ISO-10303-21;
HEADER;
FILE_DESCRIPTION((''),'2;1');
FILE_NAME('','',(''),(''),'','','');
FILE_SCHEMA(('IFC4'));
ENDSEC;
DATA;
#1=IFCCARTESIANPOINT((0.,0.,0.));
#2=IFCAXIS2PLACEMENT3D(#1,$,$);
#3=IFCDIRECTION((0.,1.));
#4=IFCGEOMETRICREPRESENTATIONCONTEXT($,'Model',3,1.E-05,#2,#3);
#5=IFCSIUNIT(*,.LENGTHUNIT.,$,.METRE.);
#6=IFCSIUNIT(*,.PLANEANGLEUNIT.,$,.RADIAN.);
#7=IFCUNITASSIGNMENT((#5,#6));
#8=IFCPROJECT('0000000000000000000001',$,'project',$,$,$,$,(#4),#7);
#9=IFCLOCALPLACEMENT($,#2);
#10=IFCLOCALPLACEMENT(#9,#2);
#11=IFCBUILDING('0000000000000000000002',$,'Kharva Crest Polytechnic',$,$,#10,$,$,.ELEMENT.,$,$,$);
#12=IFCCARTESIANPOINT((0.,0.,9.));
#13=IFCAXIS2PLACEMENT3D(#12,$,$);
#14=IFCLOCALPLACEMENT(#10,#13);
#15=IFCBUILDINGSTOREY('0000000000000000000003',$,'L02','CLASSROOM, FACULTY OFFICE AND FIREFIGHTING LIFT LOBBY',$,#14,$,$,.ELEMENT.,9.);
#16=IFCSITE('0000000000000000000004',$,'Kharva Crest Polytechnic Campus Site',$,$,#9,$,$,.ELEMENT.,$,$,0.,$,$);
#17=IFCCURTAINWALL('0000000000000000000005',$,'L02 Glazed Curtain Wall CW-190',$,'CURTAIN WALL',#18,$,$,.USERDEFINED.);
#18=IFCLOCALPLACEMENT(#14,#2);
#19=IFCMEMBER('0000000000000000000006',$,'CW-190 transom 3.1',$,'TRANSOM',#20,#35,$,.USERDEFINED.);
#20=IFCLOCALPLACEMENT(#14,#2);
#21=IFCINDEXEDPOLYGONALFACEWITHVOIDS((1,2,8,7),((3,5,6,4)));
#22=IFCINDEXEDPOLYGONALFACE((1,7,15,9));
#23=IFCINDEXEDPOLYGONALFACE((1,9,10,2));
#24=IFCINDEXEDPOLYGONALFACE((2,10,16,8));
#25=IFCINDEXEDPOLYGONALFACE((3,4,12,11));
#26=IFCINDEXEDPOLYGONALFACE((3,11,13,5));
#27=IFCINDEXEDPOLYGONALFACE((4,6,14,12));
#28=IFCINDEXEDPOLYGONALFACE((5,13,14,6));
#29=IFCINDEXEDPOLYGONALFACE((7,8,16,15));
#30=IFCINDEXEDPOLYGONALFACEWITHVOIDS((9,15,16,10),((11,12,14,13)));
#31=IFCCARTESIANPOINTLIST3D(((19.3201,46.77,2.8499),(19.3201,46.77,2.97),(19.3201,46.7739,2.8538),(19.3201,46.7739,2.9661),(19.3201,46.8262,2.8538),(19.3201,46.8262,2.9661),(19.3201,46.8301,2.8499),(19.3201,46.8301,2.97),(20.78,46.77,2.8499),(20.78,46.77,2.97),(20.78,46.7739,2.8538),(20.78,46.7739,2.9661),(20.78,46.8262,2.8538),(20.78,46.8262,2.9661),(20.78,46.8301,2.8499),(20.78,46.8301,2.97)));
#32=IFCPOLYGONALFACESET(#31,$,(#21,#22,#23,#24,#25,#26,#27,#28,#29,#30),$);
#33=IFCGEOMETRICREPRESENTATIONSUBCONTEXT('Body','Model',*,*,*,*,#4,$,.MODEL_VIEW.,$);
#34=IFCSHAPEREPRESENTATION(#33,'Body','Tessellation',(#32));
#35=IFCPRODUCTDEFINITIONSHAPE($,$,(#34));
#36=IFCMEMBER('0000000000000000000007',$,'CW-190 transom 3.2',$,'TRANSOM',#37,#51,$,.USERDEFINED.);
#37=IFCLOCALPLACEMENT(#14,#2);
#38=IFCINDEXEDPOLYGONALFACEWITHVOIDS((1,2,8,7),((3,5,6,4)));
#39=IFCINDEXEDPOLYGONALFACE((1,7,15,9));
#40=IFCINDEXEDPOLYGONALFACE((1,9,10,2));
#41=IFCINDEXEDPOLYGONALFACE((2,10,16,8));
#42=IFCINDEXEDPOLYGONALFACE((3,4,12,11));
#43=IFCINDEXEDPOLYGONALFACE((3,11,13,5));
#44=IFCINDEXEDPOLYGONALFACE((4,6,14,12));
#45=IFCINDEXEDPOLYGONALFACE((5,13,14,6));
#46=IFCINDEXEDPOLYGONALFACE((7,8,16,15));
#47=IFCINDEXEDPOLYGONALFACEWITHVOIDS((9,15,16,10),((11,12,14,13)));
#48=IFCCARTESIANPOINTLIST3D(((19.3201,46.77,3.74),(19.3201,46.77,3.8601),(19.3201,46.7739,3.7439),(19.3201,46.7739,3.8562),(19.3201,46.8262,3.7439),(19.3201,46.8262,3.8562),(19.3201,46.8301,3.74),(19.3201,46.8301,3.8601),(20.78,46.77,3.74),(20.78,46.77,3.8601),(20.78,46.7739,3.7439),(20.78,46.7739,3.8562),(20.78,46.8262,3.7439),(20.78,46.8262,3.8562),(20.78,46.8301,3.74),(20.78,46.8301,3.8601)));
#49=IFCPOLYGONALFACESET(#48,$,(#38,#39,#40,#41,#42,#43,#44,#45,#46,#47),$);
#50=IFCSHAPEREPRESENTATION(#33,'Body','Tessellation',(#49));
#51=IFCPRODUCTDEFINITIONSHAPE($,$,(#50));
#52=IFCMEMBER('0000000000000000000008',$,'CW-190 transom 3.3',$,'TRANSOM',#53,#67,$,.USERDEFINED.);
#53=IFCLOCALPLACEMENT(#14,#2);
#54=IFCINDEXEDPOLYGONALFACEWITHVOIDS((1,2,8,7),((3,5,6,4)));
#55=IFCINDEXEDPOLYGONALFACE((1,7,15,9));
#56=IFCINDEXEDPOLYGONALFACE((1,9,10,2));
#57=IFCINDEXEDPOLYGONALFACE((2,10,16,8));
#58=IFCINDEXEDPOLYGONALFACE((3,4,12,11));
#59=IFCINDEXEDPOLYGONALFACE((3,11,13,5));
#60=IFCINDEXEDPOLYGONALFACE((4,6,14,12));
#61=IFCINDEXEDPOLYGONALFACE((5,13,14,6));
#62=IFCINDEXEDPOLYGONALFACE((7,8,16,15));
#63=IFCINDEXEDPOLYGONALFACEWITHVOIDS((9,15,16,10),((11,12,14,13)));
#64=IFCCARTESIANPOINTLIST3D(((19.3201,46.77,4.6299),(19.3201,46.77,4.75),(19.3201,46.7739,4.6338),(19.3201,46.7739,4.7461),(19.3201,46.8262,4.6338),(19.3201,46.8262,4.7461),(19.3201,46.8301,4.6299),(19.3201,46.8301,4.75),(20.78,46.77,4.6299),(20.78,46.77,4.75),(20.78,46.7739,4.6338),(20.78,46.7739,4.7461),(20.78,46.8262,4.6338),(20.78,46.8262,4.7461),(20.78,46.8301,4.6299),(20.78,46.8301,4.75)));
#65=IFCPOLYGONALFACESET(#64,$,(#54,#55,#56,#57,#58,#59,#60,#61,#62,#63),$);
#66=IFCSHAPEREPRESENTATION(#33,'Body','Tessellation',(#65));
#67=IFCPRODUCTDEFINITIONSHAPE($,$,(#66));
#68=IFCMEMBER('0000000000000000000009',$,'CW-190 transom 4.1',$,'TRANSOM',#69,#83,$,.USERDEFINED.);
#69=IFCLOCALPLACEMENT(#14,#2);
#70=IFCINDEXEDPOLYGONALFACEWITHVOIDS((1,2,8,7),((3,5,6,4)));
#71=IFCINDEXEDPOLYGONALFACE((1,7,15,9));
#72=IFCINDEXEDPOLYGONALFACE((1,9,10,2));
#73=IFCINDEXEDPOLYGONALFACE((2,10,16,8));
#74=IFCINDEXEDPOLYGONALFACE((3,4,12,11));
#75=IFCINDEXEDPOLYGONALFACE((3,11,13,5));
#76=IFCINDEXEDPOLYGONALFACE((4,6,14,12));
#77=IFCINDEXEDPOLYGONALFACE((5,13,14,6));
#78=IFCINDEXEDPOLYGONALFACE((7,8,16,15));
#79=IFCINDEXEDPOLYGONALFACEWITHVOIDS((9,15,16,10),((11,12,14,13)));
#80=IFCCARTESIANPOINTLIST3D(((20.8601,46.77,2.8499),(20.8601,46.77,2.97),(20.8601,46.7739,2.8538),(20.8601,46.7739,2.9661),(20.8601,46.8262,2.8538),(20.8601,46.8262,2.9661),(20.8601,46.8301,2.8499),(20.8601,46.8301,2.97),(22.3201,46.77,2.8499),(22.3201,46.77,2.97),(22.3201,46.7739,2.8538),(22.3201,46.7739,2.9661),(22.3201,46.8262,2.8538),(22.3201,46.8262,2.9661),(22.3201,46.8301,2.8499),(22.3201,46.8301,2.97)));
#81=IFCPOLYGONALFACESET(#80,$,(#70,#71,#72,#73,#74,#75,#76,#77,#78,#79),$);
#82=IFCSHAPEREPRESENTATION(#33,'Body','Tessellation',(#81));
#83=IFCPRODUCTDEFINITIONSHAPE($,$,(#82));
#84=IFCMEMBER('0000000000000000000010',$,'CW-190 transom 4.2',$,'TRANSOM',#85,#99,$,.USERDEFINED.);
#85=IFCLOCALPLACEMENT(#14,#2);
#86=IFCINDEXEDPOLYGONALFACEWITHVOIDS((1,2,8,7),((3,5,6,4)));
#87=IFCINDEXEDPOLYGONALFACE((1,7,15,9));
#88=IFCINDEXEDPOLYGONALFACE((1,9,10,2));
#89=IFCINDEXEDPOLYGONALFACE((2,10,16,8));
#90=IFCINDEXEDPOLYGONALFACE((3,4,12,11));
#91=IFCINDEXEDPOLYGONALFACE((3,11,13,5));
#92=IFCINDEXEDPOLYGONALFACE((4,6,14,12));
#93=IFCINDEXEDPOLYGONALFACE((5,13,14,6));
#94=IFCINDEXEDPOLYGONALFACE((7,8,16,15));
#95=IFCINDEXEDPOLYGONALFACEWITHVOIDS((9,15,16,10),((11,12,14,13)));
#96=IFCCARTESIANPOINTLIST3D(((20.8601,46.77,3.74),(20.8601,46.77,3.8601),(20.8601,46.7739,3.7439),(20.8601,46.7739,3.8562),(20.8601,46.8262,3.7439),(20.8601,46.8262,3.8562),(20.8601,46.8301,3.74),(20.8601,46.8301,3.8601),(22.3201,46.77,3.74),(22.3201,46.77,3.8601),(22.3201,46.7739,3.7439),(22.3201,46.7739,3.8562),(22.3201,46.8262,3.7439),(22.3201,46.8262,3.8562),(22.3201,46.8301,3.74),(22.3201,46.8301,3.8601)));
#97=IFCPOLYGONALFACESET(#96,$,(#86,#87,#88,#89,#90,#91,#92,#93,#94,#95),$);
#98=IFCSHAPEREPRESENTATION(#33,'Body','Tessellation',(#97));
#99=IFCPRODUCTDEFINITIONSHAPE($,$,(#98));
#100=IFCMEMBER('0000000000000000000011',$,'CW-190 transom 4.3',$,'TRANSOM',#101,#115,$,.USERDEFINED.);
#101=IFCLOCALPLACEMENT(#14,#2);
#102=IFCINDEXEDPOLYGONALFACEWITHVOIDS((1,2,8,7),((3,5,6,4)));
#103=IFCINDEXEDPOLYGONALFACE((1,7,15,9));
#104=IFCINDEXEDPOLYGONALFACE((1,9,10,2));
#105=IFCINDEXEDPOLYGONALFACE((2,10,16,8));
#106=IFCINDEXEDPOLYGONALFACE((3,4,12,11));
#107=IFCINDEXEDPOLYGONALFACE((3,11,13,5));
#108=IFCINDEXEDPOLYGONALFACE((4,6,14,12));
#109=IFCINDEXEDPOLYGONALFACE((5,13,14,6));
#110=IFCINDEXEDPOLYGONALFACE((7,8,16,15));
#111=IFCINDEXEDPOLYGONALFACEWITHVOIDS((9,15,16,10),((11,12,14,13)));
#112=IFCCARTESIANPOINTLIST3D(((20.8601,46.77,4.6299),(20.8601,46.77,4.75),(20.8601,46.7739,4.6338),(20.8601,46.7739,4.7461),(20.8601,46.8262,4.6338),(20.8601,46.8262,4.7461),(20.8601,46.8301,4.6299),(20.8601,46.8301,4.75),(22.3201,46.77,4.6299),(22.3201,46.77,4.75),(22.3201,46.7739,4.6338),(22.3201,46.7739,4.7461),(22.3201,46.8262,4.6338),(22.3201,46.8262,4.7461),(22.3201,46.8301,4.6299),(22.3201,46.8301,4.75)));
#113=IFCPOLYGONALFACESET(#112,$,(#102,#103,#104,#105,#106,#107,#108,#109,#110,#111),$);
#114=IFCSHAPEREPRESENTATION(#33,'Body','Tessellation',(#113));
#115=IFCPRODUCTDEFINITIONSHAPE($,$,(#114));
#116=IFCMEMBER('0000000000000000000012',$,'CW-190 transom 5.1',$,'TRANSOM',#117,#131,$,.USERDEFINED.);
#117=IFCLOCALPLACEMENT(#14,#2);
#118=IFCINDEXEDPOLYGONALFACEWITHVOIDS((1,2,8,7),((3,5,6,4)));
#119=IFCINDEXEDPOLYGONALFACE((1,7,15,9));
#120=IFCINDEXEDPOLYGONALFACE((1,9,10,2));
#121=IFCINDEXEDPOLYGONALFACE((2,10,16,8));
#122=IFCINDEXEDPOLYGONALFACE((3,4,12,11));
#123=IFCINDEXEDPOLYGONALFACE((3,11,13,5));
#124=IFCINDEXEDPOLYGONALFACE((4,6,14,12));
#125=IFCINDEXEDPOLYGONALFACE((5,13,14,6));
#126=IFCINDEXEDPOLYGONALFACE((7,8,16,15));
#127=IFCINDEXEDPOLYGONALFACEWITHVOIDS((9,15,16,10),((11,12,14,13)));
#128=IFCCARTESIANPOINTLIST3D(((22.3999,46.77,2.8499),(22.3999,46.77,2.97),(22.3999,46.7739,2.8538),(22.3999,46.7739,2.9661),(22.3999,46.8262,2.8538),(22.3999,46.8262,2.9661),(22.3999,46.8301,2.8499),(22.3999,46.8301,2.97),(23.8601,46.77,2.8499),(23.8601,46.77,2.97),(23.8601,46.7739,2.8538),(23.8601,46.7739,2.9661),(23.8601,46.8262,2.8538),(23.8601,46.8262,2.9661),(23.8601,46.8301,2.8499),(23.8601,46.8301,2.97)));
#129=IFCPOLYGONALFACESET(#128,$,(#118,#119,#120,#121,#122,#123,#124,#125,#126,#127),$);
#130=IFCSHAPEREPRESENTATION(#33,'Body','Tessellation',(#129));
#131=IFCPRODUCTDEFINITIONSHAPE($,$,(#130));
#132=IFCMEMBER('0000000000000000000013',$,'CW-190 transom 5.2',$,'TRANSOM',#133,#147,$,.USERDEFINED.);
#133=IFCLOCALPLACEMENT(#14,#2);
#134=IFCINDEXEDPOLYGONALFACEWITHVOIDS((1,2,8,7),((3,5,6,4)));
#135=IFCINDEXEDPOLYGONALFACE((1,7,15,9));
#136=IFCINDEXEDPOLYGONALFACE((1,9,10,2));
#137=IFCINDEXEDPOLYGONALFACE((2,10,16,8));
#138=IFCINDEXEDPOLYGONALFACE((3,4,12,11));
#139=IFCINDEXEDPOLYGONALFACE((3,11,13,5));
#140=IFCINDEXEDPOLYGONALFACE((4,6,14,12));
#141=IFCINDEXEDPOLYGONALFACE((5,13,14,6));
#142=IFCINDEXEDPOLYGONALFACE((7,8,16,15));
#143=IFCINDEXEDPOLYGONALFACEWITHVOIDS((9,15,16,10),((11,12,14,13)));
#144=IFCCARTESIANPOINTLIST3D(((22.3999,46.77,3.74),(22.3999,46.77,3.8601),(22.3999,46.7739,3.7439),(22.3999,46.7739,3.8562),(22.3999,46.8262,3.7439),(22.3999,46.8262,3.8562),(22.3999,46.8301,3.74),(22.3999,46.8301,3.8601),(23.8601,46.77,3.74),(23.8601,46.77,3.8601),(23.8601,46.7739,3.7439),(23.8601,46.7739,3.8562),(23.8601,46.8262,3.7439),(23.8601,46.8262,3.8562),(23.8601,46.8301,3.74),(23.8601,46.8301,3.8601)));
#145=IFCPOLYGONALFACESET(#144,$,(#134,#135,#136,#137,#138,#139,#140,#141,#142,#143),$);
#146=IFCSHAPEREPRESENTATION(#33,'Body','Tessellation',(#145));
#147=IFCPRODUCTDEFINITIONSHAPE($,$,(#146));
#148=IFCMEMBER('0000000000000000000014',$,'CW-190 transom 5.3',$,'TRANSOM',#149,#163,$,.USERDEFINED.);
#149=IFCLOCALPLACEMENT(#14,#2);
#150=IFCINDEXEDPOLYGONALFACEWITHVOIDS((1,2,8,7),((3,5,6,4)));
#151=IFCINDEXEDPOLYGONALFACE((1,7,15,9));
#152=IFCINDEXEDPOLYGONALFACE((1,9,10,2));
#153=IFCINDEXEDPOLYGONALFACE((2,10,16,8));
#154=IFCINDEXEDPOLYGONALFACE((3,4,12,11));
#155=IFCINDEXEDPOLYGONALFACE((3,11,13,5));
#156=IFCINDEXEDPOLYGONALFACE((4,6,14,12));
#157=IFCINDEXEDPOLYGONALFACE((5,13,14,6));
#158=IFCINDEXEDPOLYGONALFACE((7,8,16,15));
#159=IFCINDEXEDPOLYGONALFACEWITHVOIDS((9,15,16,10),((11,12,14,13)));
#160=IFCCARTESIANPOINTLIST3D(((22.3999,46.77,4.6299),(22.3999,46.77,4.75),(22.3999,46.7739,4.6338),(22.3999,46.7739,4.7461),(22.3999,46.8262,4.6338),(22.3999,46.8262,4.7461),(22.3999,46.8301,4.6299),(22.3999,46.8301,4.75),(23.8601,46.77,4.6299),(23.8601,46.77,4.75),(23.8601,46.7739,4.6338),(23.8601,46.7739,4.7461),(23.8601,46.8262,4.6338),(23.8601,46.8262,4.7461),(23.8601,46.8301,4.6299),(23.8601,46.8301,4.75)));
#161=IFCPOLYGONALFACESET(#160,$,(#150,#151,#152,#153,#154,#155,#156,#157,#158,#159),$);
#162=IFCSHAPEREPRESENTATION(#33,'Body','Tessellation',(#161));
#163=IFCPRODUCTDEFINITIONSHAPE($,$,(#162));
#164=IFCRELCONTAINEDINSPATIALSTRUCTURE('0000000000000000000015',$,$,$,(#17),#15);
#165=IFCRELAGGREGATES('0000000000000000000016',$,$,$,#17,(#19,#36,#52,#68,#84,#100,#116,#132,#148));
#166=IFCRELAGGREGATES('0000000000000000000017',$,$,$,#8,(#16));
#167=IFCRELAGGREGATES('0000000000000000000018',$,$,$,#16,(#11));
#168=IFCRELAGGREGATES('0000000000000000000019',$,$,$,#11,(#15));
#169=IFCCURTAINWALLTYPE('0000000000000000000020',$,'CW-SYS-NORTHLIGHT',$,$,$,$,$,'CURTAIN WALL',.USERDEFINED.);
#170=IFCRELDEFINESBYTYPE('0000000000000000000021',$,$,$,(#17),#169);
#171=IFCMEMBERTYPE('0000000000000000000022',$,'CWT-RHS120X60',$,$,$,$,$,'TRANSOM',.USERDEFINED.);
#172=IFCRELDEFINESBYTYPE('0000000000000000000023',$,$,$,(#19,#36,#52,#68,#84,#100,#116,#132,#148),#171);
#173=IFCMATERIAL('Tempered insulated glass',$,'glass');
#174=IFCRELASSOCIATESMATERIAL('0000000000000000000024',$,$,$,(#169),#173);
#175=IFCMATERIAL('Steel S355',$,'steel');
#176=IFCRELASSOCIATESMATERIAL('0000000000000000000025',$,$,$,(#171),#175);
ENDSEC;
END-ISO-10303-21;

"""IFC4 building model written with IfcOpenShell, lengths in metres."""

from ifc_helpers import new_model, si_unit, direction, frame, origin, origin_2d, place, context, subcontext, project, spatial, hollow_rectangle, extrude, material, material_profile, profile_set, type_object, element, aggregate, save


model = new_model("IFC4")

# Units and contexts
model_context = context("Model", 3, precision=1e-05, world=origin(), true_north=direction((0.0, 1.0)))
body_context = subcontext(model_context, "Body", "Model", "MODEL_VIEW")
ifc_project = project(units=[si_unit("LENGTHUNIT", "METRE"), si_unit("PLANEANGLEUNIT", "RADIAN")], contexts=[model_context])

# Site, building, storey
site_placement = place(None, origin())
site = spatial("IfcSite", under=ifc_project, at=site_placement, Name="Kharva Crest Polytechnic Campus Site", CompositionType="ELEMENT", RefElevation=0.0)
building_placement = place(site_placement, origin())
building = spatial("IfcBuilding", under=site, at=building_placement, Name="Kharva Crest Polytechnic", CompositionType="ELEMENT")
storey_placement = place(building_placement, frame((0.0, 0.0, 9.0)))
storey = spatial("IfcBuildingStorey", under=building, at=storey_placement, Name="L02", Description="CLASSROOM, FACULTY OFFICE AND FIREFIGHTING LIFT LOBBY", CompositionType="ELEMENT", Elevation=9.0)

# Curtain wall, members
ifc_material_1 = material(Name="Tempered insulated glass", Category="glass")
curtain_wall_type = type_object("IfcCurtainWallType", Name="CW-SYS-NORTHLIGHT", ElementType="CURTAIN WALL", PredefinedType="USERDEFINED", material=ifc_material_1)
curtain_wall_placement = place(storey_placement, origin())
curtain_wall = element("IfcCurtainWall", 1, at=curtain_wall_placement, inside=storey, type_object=curtain_wall_type, Name="L02 Glazed Curtain Wall CW-190", ObjectType="CURTAIN WALL", PredefinedType="USERDEFINED")
ifc_material_2 = material(Name="Steel S355", Category="steel")
ifc_material_profile_1 = material_profile(ifc_material_2, hollow_rectangle(XDim=0.0601, YDim=0.1201, WallThickness=0.0039, at=origin_2d()), Name="RHS 120X60X4.0")
ifc_profile_set_1 = profile_set([ifc_material_profile_1], Name="Steel S355")
member_type_1 = type_object("IfcMemberType", Name="CWT-RHS120X60", ElementType="TRANSOM", PredefinedType="USERDEFINED", material=ifc_profile_set_1)
member_1_placement = place(storey_placement, frame((19.3201, 46.8, 2.9099), z_axis=(1.0, 0.0, 0.0), x_axis=(0.0, 1.0, 0.0)))
member_1 = element("IfcMember", 2, at=member_1_placement, type_object=member_type_1, Name="CW-190 transom 3.1", ObjectType="TRANSOM", PredefinedType="USERDEFINED", context=body_context, shape_type="SweptSolid", body=[
    extrude(hollow_rectangle(XDim=0.0601, YDim=0.1201, WallThickness=0.0039, at=origin_2d()), origin(), (0.0, 0.0, 1.0), 1.46),
])
member_2_placement = place(storey_placement, frame((19.3201, 46.8, 3.8), z_axis=(1.0, 0.0, 0.0), x_axis=(0.0, 1.0, 0.0)))
member_2 = element("IfcMember", 3, at=member_2_placement, type_object=member_type_1, Name="CW-190 transom 3.2", ObjectType="TRANSOM", PredefinedType="USERDEFINED", context=body_context, shape_type="SweptSolid", body=[
    extrude(hollow_rectangle(XDim=0.0601, YDim=0.1201, WallThickness=0.0039, at=origin_2d()), origin(), (0.0, 0.0, 1.0), 1.46),
])
member_3_placement = place(storey_placement, frame((19.3201, 46.8, 4.6899), z_axis=(1.0, 0.0, 0.0), x_axis=(0.0, 1.0, 0.0)))
member_3 = element("IfcMember", 4, at=member_3_placement, type_object=member_type_1, Name="CW-190 transom 3.3", ObjectType="TRANSOM", PredefinedType="USERDEFINED", context=body_context, shape_type="SweptSolid", body=[
    extrude(hollow_rectangle(XDim=0.0601, YDim=0.1201, WallThickness=0.0039, at=origin_2d()), origin(), (0.0, 0.0, 1.0), 1.46),
])
member_4_placement = place(storey_placement, frame((20.8601, 46.8, 2.9099), z_axis=(1.0, 0.0, 0.0), x_axis=(0.0, 1.0, 0.0)))
member_4 = element("IfcMember", 5, at=member_4_placement, type_object=member_type_1, Name="CW-190 transom 4.1", ObjectType="TRANSOM", PredefinedType="USERDEFINED", context=body_context, shape_type="SweptSolid", body=[
    extrude(hollow_rectangle(XDim=0.0601, YDim=0.1201, WallThickness=0.0039, at=origin_2d()), origin(), (0.0, 0.0, 1.0), 1.46),
])
member_5_placement = place(storey_placement, frame((20.8601, 46.8, 3.8), z_axis=(1.0, 0.0, 0.0), x_axis=(0.0, 1.0, 0.0)))
member_5 = element("IfcMember", 6, at=member_5_placement, type_object=member_type_1, Name="CW-190 transom 4.2", ObjectType="TRANSOM", PredefinedType="USERDEFINED", context=body_context, shape_type="SweptSolid", body=[
    extrude(hollow_rectangle(XDim=0.0601, YDim=0.1201, WallThickness=0.0039, at=origin_2d()), origin(), (0.0, 0.0, 1.0), 1.46),
])
member_6_placement = place(storey_placement, frame((20.8601, 46.8, 4.6899), z_axis=(1.0, 0.0, 0.0), x_axis=(0.0, 1.0, 0.0)))
member_6 = element("IfcMember", 7, at=member_6_placement, type_object=member_type_1, Name="CW-190 transom 4.3", ObjectType="TRANSOM", PredefinedType="USERDEFINED", context=body_context, shape_type="SweptSolid", body=[
    extrude(hollow_rectangle(XDim=0.0601, YDim=0.1201, WallThickness=0.0039, at=origin_2d()), origin(), (0.0, 0.0, 1.0), 1.46),
])
member_7_placement = place(storey_placement, frame((22.3999, 46.8, 2.9099), z_axis=(1.0, 0.0, 0.0), x_axis=(0.0, 1.0, 0.0)))
member_7 = element("IfcMember", 8, at=member_7_placement, type_object=member_type_1, Name="CW-190 transom 5.1", ObjectType="TRANSOM", PredefinedType="USERDEFINED", context=body_context, shape_type="SweptSolid", body=[
    extrude(hollow_rectangle(XDim=0.0601, YDim=0.1201, WallThickness=0.0039, at=origin_2d()), origin(), (0.0, 0.0, 1.0), 1.4602),
])
member_8_placement = place(storey_placement, frame((22.3999, 46.8, 3.8), z_axis=(1.0, 0.0, 0.0), x_axis=(0.0, 1.0, 0.0)))
member_8 = element("IfcMember", 9, at=member_8_placement, type_object=member_type_1, Name="CW-190 transom 5.2", ObjectType="TRANSOM", PredefinedType="USERDEFINED", context=body_context, shape_type="SweptSolid", body=[
    extrude(hollow_rectangle(XDim=0.0601, YDim=0.1201, WallThickness=0.0039, at=origin_2d()), origin(), (0.0, 0.0, 1.0), 1.4602),
])
member_9_placement = place(storey_placement, frame((22.3999, 46.8, 4.6899), z_axis=(1.0, 0.0, 0.0), x_axis=(0.0, 1.0, 0.0)))
member_9 = element("IfcMember", 10, at=member_9_placement, type_object=member_type_1, Name="CW-190 transom 5.3", ObjectType="TRANSOM", PredefinedType="USERDEFINED", context=body_context, shape_type="SweptSolid", body=[
    extrude(hollow_rectangle(XDim=0.0601, YDim=0.1201, WallThickness=0.0039, at=origin_2d()), origin(), (0.0, 0.0, 1.0), 1.4602),
])

aggregate(curtain_wall, [member_1, member_2, member_3, member_4, member_5, member_6, member_7, member_8, member_9])

save(model, "model.ifc")
